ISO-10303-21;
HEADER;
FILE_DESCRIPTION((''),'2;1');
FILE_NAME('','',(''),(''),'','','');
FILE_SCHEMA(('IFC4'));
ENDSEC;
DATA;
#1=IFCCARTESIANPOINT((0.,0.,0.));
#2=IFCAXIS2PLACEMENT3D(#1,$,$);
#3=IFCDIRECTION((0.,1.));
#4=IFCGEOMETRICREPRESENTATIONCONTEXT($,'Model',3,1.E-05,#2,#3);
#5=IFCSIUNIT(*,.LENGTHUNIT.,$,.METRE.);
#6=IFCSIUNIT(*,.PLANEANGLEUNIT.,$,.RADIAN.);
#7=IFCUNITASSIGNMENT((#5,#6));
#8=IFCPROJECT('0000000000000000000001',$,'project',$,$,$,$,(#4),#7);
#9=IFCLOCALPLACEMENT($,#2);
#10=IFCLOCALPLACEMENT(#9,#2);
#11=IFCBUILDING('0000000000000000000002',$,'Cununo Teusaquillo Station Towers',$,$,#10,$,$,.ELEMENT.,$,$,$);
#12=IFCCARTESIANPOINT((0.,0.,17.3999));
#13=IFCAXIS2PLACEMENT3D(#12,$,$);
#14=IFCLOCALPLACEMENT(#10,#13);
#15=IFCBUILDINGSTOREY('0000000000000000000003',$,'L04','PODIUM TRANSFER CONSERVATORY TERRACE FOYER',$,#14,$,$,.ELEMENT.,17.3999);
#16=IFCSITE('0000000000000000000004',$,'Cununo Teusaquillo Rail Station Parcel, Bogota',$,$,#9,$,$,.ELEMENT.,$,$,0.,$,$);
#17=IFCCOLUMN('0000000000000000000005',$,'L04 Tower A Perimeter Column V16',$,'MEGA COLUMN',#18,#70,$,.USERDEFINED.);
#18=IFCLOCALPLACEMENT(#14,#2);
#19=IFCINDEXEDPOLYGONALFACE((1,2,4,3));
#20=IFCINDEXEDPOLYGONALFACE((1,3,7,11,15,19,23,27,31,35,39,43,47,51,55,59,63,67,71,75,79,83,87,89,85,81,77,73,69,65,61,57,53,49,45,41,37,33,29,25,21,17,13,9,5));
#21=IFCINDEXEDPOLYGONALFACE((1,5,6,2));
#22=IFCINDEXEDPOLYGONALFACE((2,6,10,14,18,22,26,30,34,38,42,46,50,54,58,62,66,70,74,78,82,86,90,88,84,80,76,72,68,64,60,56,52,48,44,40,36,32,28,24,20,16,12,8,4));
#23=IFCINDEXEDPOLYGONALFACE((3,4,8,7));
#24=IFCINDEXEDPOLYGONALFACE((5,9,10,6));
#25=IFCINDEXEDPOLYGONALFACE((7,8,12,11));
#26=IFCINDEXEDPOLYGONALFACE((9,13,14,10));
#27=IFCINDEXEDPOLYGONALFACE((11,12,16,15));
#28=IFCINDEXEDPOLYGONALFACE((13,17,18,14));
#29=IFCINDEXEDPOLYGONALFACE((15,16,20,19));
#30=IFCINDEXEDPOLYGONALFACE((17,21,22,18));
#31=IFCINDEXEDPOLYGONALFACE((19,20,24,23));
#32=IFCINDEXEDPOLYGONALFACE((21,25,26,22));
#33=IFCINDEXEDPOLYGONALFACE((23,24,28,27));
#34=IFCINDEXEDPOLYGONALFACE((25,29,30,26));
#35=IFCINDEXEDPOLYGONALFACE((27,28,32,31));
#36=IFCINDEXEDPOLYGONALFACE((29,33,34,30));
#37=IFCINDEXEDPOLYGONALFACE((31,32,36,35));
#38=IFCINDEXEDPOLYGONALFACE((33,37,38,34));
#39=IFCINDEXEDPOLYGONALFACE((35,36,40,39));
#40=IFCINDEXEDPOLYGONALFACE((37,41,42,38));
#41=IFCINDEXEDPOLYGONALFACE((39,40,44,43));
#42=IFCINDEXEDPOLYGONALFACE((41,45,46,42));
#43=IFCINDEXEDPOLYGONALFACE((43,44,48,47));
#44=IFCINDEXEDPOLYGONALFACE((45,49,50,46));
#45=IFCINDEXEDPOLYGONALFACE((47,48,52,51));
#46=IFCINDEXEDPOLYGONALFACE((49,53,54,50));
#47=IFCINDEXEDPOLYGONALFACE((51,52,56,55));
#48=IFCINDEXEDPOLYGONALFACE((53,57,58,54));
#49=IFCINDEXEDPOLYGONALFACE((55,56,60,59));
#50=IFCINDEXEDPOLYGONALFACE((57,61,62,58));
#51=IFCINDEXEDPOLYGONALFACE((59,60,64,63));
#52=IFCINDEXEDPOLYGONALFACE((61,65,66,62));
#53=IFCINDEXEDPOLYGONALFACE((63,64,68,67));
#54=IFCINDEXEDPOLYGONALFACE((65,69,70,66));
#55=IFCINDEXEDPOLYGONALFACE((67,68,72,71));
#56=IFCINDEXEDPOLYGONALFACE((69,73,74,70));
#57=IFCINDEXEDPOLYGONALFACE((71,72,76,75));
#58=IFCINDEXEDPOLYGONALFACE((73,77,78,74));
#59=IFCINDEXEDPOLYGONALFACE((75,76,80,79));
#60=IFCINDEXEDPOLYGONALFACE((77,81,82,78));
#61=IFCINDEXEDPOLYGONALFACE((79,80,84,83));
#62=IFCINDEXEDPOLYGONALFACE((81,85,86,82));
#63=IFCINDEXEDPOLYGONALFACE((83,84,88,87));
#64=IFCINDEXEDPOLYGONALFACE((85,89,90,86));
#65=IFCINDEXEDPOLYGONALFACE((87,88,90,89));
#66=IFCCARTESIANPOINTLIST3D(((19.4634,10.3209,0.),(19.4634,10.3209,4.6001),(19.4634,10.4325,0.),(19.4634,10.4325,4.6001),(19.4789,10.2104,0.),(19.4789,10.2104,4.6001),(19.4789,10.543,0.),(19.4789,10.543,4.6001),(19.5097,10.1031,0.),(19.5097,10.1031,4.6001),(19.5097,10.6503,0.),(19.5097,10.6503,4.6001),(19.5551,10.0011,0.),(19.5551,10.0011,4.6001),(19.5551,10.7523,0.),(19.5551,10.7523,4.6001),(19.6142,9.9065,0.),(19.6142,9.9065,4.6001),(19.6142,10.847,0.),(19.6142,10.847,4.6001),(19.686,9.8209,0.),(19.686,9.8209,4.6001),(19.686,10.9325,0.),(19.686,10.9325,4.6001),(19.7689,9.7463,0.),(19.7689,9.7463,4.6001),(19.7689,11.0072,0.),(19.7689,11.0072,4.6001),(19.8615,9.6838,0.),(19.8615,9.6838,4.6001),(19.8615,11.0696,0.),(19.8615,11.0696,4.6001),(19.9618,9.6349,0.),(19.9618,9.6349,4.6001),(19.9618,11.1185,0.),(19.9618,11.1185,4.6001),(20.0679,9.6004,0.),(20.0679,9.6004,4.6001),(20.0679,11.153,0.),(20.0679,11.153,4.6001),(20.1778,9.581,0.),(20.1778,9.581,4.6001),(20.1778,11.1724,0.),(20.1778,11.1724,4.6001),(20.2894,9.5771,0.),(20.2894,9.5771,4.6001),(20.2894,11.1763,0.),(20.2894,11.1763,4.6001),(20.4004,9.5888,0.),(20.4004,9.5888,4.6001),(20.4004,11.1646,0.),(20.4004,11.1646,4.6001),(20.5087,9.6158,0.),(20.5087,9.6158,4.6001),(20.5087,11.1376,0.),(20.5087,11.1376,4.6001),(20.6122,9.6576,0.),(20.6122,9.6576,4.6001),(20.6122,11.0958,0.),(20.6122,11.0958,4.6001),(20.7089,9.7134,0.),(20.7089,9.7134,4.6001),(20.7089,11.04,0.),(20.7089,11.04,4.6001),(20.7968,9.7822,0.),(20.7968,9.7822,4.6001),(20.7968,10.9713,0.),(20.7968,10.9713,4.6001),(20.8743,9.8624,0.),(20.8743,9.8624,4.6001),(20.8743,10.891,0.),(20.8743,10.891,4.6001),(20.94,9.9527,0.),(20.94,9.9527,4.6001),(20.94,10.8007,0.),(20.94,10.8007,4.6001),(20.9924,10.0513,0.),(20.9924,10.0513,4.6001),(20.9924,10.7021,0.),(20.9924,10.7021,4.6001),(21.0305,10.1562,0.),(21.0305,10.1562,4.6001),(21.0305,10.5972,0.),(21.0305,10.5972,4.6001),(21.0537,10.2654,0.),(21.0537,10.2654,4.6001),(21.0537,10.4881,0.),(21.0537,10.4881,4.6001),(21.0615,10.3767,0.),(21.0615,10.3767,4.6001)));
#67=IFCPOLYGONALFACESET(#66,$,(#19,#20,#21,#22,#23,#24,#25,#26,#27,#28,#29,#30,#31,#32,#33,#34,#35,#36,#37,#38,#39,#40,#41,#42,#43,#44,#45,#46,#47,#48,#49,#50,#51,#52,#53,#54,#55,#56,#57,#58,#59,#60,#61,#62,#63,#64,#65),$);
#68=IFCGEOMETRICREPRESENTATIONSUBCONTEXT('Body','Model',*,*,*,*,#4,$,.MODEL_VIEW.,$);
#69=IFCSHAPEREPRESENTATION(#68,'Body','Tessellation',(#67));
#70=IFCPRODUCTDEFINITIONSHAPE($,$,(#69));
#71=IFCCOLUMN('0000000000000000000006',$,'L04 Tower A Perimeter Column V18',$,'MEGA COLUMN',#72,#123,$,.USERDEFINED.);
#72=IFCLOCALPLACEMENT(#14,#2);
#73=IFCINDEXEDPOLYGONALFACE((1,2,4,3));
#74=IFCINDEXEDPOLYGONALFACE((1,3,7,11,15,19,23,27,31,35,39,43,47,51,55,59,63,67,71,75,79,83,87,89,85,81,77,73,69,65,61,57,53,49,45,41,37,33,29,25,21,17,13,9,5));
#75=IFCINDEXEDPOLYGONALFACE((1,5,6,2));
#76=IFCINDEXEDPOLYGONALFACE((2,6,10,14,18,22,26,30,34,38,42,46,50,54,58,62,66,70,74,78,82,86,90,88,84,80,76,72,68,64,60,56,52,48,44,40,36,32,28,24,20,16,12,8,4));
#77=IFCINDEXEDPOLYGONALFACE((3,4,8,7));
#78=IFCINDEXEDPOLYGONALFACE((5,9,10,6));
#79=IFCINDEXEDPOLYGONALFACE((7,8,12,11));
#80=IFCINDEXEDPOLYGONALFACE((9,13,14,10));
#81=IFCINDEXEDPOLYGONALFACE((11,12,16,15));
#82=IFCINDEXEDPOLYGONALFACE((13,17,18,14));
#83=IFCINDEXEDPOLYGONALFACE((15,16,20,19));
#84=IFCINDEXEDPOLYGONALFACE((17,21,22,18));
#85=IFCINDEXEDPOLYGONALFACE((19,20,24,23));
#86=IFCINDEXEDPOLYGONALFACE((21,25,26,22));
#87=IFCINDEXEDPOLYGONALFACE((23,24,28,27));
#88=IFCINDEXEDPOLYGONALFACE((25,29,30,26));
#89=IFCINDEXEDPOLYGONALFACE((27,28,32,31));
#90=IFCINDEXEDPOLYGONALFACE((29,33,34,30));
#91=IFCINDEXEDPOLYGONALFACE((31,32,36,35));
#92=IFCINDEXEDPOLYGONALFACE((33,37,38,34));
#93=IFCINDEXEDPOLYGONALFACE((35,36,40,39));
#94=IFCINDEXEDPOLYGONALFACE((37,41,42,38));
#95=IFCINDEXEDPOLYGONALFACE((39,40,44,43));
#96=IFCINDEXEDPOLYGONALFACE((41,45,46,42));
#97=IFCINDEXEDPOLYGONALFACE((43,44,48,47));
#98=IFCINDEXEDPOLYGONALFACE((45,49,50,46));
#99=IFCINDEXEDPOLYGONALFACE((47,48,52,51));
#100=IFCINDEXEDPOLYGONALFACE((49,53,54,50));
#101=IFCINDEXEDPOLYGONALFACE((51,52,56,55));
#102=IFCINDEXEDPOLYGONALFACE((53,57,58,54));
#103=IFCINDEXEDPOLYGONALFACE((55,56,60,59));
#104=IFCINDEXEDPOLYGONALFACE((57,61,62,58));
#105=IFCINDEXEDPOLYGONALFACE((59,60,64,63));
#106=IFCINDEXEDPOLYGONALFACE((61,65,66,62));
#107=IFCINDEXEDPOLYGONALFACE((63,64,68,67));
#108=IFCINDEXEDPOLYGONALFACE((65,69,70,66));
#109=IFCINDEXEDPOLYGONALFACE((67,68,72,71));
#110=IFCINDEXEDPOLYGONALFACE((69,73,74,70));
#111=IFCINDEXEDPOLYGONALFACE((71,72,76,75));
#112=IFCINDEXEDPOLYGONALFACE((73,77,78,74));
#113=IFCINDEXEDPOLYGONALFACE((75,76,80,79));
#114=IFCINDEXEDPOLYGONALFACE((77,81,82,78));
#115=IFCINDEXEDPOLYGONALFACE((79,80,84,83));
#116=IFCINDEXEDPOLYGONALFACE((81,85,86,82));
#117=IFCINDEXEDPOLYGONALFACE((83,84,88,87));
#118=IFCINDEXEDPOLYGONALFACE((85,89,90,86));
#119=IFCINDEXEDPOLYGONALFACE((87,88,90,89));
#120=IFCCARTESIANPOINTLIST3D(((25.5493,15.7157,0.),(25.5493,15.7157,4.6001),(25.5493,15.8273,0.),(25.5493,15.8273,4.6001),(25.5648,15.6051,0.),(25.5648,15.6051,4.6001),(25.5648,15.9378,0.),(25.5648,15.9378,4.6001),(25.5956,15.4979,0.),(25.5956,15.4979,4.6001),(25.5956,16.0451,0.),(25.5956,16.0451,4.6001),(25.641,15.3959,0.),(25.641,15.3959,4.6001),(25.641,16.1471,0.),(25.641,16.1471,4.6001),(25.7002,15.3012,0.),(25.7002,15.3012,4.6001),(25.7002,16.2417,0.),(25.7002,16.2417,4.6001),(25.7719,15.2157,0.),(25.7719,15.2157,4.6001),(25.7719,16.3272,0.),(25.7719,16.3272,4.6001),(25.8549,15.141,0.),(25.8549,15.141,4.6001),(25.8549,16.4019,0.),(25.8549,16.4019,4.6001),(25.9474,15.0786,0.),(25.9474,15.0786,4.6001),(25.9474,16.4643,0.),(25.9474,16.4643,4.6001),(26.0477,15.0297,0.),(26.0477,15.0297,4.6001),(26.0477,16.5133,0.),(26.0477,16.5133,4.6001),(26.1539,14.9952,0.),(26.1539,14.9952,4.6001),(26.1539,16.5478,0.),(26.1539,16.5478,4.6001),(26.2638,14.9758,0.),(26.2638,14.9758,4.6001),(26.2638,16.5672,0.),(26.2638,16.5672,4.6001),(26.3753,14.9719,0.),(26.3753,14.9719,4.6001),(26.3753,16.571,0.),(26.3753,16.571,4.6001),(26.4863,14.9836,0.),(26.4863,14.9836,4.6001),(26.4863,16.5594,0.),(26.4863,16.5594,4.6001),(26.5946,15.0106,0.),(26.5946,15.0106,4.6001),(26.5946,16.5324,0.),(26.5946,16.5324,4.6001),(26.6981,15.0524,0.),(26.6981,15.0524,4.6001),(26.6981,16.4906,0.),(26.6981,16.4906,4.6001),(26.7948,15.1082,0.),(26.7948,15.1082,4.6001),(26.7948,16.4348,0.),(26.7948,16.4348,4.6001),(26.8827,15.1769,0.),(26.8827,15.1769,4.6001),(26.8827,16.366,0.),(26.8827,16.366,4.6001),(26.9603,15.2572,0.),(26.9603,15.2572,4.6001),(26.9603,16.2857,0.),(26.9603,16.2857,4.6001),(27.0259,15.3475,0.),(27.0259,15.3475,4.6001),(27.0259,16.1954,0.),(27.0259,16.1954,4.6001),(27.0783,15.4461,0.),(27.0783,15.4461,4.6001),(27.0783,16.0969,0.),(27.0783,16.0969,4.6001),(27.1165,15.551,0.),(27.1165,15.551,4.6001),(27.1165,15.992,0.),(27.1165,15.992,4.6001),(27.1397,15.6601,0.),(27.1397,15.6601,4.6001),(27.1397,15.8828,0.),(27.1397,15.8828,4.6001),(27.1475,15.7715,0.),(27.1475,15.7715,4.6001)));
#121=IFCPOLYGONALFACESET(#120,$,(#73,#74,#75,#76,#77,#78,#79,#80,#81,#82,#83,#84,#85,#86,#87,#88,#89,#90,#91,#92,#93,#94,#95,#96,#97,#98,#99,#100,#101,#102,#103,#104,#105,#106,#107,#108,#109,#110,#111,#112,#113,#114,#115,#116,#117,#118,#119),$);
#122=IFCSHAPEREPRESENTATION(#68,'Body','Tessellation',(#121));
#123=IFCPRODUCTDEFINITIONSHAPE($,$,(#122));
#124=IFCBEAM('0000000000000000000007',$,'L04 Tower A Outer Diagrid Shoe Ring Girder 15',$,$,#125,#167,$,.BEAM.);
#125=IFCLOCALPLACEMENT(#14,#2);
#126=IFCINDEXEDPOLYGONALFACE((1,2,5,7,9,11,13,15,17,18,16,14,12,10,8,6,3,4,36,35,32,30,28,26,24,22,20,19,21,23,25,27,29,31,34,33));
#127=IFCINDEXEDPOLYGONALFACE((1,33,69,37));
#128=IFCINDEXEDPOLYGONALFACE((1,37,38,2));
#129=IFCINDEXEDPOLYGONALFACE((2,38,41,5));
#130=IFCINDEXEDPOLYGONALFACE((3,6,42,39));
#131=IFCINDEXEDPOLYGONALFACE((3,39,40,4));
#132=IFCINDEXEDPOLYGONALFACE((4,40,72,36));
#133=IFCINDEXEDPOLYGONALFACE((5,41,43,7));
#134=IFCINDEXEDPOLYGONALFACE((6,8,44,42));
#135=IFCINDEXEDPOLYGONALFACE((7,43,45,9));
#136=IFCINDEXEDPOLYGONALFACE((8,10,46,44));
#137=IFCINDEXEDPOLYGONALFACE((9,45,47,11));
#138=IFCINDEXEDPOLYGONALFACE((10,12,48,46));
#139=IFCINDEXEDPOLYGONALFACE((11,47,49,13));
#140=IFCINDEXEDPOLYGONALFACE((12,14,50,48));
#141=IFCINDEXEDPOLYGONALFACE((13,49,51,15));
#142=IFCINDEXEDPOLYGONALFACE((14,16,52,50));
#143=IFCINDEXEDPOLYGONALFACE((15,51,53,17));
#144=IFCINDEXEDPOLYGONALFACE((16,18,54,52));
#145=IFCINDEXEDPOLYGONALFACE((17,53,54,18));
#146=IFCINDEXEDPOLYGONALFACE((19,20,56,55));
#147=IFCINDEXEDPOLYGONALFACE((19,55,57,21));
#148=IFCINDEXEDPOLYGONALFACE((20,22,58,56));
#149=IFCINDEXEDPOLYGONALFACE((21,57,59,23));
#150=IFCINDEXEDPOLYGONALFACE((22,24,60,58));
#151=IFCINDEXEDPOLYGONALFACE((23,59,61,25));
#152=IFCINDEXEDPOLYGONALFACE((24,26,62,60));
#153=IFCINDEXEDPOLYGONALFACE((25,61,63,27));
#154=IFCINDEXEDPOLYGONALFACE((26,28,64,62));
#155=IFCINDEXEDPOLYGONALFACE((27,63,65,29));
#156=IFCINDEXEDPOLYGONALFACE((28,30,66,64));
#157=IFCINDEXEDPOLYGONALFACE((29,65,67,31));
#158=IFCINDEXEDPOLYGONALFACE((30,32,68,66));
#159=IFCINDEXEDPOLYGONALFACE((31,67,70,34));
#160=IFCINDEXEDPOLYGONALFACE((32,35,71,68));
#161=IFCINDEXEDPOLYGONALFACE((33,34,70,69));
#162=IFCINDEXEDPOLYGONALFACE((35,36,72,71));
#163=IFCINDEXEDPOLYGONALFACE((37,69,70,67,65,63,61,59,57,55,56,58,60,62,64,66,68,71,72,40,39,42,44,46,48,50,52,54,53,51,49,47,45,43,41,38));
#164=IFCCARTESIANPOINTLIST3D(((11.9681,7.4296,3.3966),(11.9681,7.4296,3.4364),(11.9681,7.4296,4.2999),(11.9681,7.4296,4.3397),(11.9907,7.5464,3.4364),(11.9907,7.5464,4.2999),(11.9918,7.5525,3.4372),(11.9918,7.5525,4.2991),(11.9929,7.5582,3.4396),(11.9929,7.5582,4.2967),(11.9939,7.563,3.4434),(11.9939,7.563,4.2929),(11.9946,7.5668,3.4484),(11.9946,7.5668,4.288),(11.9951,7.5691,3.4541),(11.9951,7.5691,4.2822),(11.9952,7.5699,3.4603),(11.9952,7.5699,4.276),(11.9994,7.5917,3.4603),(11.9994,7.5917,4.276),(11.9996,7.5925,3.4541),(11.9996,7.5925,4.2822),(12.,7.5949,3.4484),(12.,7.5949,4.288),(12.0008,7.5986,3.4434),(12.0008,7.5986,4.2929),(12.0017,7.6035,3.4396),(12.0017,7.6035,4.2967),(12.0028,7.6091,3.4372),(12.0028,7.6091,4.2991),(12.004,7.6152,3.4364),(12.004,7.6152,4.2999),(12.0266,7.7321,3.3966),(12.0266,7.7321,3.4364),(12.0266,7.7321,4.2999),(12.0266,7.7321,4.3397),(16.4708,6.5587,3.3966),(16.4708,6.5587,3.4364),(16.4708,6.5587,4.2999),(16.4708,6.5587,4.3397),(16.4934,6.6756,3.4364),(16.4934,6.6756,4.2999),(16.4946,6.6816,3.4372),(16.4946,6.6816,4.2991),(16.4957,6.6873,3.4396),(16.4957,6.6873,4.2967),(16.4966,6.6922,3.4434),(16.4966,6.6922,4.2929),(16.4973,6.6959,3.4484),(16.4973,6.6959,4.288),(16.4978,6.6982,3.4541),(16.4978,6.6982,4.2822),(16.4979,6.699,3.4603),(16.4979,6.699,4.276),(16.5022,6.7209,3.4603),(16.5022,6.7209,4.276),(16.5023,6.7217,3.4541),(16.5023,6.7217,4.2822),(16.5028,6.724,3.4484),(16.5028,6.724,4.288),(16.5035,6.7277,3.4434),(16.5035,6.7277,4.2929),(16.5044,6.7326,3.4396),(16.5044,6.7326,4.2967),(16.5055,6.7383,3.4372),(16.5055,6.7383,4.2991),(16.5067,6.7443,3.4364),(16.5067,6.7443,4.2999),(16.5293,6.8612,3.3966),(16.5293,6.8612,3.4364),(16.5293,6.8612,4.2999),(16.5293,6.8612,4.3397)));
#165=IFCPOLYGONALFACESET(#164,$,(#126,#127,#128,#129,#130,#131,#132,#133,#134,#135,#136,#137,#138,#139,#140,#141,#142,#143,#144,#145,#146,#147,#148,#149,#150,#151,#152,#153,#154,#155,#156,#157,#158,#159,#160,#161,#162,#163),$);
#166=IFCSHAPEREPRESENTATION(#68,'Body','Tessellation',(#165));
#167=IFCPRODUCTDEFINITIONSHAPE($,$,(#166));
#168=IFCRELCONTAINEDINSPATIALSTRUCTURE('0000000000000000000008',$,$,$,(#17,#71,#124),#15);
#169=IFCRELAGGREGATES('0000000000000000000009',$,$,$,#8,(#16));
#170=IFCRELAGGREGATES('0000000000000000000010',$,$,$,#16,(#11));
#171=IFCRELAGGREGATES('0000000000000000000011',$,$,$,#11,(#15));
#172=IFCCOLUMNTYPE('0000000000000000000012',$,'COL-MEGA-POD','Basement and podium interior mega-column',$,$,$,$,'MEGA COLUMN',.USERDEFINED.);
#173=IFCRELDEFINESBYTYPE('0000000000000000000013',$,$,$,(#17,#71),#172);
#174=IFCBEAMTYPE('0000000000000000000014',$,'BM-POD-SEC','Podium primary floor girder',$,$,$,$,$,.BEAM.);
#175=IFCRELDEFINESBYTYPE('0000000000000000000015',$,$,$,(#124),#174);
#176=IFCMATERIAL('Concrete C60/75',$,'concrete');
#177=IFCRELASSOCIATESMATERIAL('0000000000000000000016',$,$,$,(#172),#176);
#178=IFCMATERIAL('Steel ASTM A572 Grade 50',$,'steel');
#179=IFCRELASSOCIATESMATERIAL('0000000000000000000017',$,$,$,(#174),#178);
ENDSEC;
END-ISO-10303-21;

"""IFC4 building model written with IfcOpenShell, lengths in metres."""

from ifc_helpers import new_model, si_unit, direction, frame, origin, origin_2d, place, context, subcontext, project, spatial, circle, i_section, extrude, material, material_profile, profile_set, type_object, element, save


model = new_model("IFC4")

# Units and contexts
model_context = context("Model", 3, precision=1e-05, world=origin(), true_north=direction((0.0, 1.0)))
body_context = subcontext(model_context, "Body", "Model", "MODEL_VIEW")
ifc_project = project(units=[si_unit("LENGTHUNIT", "METRE"), si_unit("PLANEANGLEUNIT", "RADIAN")], contexts=[model_context])

# Site, building, storey
site_placement = place(None, origin())
site = spatial("IfcSite", under=ifc_project, at=site_placement, Name="Cununo Teusaquillo Rail Station Parcel, Bogota", CompositionType="ELEMENT", RefElevation=0.0)
building_placement = place(site_placement, origin())
building = spatial("IfcBuilding", under=site, at=building_placement, Name="Cununo Teusaquillo Station Towers", CompositionType="ELEMENT")
storey_placement = place(building_placement, frame((0.0, 0.0, 17.3999)))
storey = spatial("IfcBuildingStorey", under=building, at=storey_placement, Name="L04", Description="PODIUM TRANSFER CONSERVATORY TERRACE FOYER", CompositionType="ELEMENT", Elevation=17.3999)

# Columns
ifc_material_1 = material(Name="Concrete C60/75", Category="concrete")
ifc_material_profile_1 = material_profile(ifc_material_1, circle(Radius=0.8, at=origin_2d()), Name="RC-CIRC-1600")
ifc_profile_set_1 = profile_set([ifc_material_profile_1], Name="Concrete C60/75")
column_type = type_object("IfcColumnType", Name="COL-MEGA-POD", Description="Basement and podium interior mega-column", ElementType="MEGA COLUMN", PredefinedType="USERDEFINED", material=ifc_profile_set_1)
for number, where, z_axis, x_axis, name in (
    (1, (20.2615, 10.3767, 0.0), (0.0, 0.0, 1.0), (1.0, 0.0, 0.0), "L04 Tower A Perimeter Column V16"),
    (2, (26.3474, 15.7715, 0.0), (0.0, 0.0, 1.0), (1.0, 0.0, 0.0), "L04 Tower A Perimeter Column V18"),
):
    element("IfcColumn", number, at=place(storey_placement, frame(where, z_axis=z_axis, x_axis=x_axis)), inside=storey, type_object=column_type, Name=name, ObjectType="MEGA COLUMN", PredefinedType="USERDEFINED", context=body_context, shape_type="SweptSolid", body=[
        extrude(circle(Radius=0.8, at=origin_2d()), origin(), (0.0, 0.0, 1.0), 4.6001),
    ])

# Beam
ifc_material_2 = material(Name="Steel ASTM A572 Grade 50", Category="steel")
ifc_material_profile_2 = material_profile(ifc_material_2, i_section(OverallWidth=0.3081, OverallDepth=0.9431, WebThickness=0.0222, FlangeThickness=0.0398, FilletRadius=0.0239, at=origin_2d()), Name="W36X232")
ifc_profile_set_2 = profile_set([ifc_material_profile_2], Name="Steel ASTM A572 Grade 50")
beam_type_1 = type_object("IfcBeamType", Name="BM-POD-SEC", Description="Podium primary floor girder", PredefinedType="BEAM", material=ifc_profile_set_2)
for number, where, z_axis, x_axis, name in (
    (3, (11.9973, 7.5808, 3.8682), (0.981806, -0.189888, 0.0), (0.189888, 0.981806, 0.0), "L04 Tower A Outer Diagrid Shoe Ring Girder 15"),
):
    element("IfcBeam", number, at=place(storey_placement, frame(where, z_axis=z_axis, x_axis=x_axis)), inside=storey, type_object=beam_type_1, Name=name, PredefinedType="BEAM", context=body_context, shape_type="SweptSolid", body=[
        extrude(i_section(OverallWidth=0.3081, OverallDepth=0.9431, WebThickness=0.0222, FlangeThickness=0.0398, FilletRadius=0.0239, at=origin_2d()), origin(), (0.0, 0.0, 1.0), 4.5862),
    ])

save(model, "model.ifc")
